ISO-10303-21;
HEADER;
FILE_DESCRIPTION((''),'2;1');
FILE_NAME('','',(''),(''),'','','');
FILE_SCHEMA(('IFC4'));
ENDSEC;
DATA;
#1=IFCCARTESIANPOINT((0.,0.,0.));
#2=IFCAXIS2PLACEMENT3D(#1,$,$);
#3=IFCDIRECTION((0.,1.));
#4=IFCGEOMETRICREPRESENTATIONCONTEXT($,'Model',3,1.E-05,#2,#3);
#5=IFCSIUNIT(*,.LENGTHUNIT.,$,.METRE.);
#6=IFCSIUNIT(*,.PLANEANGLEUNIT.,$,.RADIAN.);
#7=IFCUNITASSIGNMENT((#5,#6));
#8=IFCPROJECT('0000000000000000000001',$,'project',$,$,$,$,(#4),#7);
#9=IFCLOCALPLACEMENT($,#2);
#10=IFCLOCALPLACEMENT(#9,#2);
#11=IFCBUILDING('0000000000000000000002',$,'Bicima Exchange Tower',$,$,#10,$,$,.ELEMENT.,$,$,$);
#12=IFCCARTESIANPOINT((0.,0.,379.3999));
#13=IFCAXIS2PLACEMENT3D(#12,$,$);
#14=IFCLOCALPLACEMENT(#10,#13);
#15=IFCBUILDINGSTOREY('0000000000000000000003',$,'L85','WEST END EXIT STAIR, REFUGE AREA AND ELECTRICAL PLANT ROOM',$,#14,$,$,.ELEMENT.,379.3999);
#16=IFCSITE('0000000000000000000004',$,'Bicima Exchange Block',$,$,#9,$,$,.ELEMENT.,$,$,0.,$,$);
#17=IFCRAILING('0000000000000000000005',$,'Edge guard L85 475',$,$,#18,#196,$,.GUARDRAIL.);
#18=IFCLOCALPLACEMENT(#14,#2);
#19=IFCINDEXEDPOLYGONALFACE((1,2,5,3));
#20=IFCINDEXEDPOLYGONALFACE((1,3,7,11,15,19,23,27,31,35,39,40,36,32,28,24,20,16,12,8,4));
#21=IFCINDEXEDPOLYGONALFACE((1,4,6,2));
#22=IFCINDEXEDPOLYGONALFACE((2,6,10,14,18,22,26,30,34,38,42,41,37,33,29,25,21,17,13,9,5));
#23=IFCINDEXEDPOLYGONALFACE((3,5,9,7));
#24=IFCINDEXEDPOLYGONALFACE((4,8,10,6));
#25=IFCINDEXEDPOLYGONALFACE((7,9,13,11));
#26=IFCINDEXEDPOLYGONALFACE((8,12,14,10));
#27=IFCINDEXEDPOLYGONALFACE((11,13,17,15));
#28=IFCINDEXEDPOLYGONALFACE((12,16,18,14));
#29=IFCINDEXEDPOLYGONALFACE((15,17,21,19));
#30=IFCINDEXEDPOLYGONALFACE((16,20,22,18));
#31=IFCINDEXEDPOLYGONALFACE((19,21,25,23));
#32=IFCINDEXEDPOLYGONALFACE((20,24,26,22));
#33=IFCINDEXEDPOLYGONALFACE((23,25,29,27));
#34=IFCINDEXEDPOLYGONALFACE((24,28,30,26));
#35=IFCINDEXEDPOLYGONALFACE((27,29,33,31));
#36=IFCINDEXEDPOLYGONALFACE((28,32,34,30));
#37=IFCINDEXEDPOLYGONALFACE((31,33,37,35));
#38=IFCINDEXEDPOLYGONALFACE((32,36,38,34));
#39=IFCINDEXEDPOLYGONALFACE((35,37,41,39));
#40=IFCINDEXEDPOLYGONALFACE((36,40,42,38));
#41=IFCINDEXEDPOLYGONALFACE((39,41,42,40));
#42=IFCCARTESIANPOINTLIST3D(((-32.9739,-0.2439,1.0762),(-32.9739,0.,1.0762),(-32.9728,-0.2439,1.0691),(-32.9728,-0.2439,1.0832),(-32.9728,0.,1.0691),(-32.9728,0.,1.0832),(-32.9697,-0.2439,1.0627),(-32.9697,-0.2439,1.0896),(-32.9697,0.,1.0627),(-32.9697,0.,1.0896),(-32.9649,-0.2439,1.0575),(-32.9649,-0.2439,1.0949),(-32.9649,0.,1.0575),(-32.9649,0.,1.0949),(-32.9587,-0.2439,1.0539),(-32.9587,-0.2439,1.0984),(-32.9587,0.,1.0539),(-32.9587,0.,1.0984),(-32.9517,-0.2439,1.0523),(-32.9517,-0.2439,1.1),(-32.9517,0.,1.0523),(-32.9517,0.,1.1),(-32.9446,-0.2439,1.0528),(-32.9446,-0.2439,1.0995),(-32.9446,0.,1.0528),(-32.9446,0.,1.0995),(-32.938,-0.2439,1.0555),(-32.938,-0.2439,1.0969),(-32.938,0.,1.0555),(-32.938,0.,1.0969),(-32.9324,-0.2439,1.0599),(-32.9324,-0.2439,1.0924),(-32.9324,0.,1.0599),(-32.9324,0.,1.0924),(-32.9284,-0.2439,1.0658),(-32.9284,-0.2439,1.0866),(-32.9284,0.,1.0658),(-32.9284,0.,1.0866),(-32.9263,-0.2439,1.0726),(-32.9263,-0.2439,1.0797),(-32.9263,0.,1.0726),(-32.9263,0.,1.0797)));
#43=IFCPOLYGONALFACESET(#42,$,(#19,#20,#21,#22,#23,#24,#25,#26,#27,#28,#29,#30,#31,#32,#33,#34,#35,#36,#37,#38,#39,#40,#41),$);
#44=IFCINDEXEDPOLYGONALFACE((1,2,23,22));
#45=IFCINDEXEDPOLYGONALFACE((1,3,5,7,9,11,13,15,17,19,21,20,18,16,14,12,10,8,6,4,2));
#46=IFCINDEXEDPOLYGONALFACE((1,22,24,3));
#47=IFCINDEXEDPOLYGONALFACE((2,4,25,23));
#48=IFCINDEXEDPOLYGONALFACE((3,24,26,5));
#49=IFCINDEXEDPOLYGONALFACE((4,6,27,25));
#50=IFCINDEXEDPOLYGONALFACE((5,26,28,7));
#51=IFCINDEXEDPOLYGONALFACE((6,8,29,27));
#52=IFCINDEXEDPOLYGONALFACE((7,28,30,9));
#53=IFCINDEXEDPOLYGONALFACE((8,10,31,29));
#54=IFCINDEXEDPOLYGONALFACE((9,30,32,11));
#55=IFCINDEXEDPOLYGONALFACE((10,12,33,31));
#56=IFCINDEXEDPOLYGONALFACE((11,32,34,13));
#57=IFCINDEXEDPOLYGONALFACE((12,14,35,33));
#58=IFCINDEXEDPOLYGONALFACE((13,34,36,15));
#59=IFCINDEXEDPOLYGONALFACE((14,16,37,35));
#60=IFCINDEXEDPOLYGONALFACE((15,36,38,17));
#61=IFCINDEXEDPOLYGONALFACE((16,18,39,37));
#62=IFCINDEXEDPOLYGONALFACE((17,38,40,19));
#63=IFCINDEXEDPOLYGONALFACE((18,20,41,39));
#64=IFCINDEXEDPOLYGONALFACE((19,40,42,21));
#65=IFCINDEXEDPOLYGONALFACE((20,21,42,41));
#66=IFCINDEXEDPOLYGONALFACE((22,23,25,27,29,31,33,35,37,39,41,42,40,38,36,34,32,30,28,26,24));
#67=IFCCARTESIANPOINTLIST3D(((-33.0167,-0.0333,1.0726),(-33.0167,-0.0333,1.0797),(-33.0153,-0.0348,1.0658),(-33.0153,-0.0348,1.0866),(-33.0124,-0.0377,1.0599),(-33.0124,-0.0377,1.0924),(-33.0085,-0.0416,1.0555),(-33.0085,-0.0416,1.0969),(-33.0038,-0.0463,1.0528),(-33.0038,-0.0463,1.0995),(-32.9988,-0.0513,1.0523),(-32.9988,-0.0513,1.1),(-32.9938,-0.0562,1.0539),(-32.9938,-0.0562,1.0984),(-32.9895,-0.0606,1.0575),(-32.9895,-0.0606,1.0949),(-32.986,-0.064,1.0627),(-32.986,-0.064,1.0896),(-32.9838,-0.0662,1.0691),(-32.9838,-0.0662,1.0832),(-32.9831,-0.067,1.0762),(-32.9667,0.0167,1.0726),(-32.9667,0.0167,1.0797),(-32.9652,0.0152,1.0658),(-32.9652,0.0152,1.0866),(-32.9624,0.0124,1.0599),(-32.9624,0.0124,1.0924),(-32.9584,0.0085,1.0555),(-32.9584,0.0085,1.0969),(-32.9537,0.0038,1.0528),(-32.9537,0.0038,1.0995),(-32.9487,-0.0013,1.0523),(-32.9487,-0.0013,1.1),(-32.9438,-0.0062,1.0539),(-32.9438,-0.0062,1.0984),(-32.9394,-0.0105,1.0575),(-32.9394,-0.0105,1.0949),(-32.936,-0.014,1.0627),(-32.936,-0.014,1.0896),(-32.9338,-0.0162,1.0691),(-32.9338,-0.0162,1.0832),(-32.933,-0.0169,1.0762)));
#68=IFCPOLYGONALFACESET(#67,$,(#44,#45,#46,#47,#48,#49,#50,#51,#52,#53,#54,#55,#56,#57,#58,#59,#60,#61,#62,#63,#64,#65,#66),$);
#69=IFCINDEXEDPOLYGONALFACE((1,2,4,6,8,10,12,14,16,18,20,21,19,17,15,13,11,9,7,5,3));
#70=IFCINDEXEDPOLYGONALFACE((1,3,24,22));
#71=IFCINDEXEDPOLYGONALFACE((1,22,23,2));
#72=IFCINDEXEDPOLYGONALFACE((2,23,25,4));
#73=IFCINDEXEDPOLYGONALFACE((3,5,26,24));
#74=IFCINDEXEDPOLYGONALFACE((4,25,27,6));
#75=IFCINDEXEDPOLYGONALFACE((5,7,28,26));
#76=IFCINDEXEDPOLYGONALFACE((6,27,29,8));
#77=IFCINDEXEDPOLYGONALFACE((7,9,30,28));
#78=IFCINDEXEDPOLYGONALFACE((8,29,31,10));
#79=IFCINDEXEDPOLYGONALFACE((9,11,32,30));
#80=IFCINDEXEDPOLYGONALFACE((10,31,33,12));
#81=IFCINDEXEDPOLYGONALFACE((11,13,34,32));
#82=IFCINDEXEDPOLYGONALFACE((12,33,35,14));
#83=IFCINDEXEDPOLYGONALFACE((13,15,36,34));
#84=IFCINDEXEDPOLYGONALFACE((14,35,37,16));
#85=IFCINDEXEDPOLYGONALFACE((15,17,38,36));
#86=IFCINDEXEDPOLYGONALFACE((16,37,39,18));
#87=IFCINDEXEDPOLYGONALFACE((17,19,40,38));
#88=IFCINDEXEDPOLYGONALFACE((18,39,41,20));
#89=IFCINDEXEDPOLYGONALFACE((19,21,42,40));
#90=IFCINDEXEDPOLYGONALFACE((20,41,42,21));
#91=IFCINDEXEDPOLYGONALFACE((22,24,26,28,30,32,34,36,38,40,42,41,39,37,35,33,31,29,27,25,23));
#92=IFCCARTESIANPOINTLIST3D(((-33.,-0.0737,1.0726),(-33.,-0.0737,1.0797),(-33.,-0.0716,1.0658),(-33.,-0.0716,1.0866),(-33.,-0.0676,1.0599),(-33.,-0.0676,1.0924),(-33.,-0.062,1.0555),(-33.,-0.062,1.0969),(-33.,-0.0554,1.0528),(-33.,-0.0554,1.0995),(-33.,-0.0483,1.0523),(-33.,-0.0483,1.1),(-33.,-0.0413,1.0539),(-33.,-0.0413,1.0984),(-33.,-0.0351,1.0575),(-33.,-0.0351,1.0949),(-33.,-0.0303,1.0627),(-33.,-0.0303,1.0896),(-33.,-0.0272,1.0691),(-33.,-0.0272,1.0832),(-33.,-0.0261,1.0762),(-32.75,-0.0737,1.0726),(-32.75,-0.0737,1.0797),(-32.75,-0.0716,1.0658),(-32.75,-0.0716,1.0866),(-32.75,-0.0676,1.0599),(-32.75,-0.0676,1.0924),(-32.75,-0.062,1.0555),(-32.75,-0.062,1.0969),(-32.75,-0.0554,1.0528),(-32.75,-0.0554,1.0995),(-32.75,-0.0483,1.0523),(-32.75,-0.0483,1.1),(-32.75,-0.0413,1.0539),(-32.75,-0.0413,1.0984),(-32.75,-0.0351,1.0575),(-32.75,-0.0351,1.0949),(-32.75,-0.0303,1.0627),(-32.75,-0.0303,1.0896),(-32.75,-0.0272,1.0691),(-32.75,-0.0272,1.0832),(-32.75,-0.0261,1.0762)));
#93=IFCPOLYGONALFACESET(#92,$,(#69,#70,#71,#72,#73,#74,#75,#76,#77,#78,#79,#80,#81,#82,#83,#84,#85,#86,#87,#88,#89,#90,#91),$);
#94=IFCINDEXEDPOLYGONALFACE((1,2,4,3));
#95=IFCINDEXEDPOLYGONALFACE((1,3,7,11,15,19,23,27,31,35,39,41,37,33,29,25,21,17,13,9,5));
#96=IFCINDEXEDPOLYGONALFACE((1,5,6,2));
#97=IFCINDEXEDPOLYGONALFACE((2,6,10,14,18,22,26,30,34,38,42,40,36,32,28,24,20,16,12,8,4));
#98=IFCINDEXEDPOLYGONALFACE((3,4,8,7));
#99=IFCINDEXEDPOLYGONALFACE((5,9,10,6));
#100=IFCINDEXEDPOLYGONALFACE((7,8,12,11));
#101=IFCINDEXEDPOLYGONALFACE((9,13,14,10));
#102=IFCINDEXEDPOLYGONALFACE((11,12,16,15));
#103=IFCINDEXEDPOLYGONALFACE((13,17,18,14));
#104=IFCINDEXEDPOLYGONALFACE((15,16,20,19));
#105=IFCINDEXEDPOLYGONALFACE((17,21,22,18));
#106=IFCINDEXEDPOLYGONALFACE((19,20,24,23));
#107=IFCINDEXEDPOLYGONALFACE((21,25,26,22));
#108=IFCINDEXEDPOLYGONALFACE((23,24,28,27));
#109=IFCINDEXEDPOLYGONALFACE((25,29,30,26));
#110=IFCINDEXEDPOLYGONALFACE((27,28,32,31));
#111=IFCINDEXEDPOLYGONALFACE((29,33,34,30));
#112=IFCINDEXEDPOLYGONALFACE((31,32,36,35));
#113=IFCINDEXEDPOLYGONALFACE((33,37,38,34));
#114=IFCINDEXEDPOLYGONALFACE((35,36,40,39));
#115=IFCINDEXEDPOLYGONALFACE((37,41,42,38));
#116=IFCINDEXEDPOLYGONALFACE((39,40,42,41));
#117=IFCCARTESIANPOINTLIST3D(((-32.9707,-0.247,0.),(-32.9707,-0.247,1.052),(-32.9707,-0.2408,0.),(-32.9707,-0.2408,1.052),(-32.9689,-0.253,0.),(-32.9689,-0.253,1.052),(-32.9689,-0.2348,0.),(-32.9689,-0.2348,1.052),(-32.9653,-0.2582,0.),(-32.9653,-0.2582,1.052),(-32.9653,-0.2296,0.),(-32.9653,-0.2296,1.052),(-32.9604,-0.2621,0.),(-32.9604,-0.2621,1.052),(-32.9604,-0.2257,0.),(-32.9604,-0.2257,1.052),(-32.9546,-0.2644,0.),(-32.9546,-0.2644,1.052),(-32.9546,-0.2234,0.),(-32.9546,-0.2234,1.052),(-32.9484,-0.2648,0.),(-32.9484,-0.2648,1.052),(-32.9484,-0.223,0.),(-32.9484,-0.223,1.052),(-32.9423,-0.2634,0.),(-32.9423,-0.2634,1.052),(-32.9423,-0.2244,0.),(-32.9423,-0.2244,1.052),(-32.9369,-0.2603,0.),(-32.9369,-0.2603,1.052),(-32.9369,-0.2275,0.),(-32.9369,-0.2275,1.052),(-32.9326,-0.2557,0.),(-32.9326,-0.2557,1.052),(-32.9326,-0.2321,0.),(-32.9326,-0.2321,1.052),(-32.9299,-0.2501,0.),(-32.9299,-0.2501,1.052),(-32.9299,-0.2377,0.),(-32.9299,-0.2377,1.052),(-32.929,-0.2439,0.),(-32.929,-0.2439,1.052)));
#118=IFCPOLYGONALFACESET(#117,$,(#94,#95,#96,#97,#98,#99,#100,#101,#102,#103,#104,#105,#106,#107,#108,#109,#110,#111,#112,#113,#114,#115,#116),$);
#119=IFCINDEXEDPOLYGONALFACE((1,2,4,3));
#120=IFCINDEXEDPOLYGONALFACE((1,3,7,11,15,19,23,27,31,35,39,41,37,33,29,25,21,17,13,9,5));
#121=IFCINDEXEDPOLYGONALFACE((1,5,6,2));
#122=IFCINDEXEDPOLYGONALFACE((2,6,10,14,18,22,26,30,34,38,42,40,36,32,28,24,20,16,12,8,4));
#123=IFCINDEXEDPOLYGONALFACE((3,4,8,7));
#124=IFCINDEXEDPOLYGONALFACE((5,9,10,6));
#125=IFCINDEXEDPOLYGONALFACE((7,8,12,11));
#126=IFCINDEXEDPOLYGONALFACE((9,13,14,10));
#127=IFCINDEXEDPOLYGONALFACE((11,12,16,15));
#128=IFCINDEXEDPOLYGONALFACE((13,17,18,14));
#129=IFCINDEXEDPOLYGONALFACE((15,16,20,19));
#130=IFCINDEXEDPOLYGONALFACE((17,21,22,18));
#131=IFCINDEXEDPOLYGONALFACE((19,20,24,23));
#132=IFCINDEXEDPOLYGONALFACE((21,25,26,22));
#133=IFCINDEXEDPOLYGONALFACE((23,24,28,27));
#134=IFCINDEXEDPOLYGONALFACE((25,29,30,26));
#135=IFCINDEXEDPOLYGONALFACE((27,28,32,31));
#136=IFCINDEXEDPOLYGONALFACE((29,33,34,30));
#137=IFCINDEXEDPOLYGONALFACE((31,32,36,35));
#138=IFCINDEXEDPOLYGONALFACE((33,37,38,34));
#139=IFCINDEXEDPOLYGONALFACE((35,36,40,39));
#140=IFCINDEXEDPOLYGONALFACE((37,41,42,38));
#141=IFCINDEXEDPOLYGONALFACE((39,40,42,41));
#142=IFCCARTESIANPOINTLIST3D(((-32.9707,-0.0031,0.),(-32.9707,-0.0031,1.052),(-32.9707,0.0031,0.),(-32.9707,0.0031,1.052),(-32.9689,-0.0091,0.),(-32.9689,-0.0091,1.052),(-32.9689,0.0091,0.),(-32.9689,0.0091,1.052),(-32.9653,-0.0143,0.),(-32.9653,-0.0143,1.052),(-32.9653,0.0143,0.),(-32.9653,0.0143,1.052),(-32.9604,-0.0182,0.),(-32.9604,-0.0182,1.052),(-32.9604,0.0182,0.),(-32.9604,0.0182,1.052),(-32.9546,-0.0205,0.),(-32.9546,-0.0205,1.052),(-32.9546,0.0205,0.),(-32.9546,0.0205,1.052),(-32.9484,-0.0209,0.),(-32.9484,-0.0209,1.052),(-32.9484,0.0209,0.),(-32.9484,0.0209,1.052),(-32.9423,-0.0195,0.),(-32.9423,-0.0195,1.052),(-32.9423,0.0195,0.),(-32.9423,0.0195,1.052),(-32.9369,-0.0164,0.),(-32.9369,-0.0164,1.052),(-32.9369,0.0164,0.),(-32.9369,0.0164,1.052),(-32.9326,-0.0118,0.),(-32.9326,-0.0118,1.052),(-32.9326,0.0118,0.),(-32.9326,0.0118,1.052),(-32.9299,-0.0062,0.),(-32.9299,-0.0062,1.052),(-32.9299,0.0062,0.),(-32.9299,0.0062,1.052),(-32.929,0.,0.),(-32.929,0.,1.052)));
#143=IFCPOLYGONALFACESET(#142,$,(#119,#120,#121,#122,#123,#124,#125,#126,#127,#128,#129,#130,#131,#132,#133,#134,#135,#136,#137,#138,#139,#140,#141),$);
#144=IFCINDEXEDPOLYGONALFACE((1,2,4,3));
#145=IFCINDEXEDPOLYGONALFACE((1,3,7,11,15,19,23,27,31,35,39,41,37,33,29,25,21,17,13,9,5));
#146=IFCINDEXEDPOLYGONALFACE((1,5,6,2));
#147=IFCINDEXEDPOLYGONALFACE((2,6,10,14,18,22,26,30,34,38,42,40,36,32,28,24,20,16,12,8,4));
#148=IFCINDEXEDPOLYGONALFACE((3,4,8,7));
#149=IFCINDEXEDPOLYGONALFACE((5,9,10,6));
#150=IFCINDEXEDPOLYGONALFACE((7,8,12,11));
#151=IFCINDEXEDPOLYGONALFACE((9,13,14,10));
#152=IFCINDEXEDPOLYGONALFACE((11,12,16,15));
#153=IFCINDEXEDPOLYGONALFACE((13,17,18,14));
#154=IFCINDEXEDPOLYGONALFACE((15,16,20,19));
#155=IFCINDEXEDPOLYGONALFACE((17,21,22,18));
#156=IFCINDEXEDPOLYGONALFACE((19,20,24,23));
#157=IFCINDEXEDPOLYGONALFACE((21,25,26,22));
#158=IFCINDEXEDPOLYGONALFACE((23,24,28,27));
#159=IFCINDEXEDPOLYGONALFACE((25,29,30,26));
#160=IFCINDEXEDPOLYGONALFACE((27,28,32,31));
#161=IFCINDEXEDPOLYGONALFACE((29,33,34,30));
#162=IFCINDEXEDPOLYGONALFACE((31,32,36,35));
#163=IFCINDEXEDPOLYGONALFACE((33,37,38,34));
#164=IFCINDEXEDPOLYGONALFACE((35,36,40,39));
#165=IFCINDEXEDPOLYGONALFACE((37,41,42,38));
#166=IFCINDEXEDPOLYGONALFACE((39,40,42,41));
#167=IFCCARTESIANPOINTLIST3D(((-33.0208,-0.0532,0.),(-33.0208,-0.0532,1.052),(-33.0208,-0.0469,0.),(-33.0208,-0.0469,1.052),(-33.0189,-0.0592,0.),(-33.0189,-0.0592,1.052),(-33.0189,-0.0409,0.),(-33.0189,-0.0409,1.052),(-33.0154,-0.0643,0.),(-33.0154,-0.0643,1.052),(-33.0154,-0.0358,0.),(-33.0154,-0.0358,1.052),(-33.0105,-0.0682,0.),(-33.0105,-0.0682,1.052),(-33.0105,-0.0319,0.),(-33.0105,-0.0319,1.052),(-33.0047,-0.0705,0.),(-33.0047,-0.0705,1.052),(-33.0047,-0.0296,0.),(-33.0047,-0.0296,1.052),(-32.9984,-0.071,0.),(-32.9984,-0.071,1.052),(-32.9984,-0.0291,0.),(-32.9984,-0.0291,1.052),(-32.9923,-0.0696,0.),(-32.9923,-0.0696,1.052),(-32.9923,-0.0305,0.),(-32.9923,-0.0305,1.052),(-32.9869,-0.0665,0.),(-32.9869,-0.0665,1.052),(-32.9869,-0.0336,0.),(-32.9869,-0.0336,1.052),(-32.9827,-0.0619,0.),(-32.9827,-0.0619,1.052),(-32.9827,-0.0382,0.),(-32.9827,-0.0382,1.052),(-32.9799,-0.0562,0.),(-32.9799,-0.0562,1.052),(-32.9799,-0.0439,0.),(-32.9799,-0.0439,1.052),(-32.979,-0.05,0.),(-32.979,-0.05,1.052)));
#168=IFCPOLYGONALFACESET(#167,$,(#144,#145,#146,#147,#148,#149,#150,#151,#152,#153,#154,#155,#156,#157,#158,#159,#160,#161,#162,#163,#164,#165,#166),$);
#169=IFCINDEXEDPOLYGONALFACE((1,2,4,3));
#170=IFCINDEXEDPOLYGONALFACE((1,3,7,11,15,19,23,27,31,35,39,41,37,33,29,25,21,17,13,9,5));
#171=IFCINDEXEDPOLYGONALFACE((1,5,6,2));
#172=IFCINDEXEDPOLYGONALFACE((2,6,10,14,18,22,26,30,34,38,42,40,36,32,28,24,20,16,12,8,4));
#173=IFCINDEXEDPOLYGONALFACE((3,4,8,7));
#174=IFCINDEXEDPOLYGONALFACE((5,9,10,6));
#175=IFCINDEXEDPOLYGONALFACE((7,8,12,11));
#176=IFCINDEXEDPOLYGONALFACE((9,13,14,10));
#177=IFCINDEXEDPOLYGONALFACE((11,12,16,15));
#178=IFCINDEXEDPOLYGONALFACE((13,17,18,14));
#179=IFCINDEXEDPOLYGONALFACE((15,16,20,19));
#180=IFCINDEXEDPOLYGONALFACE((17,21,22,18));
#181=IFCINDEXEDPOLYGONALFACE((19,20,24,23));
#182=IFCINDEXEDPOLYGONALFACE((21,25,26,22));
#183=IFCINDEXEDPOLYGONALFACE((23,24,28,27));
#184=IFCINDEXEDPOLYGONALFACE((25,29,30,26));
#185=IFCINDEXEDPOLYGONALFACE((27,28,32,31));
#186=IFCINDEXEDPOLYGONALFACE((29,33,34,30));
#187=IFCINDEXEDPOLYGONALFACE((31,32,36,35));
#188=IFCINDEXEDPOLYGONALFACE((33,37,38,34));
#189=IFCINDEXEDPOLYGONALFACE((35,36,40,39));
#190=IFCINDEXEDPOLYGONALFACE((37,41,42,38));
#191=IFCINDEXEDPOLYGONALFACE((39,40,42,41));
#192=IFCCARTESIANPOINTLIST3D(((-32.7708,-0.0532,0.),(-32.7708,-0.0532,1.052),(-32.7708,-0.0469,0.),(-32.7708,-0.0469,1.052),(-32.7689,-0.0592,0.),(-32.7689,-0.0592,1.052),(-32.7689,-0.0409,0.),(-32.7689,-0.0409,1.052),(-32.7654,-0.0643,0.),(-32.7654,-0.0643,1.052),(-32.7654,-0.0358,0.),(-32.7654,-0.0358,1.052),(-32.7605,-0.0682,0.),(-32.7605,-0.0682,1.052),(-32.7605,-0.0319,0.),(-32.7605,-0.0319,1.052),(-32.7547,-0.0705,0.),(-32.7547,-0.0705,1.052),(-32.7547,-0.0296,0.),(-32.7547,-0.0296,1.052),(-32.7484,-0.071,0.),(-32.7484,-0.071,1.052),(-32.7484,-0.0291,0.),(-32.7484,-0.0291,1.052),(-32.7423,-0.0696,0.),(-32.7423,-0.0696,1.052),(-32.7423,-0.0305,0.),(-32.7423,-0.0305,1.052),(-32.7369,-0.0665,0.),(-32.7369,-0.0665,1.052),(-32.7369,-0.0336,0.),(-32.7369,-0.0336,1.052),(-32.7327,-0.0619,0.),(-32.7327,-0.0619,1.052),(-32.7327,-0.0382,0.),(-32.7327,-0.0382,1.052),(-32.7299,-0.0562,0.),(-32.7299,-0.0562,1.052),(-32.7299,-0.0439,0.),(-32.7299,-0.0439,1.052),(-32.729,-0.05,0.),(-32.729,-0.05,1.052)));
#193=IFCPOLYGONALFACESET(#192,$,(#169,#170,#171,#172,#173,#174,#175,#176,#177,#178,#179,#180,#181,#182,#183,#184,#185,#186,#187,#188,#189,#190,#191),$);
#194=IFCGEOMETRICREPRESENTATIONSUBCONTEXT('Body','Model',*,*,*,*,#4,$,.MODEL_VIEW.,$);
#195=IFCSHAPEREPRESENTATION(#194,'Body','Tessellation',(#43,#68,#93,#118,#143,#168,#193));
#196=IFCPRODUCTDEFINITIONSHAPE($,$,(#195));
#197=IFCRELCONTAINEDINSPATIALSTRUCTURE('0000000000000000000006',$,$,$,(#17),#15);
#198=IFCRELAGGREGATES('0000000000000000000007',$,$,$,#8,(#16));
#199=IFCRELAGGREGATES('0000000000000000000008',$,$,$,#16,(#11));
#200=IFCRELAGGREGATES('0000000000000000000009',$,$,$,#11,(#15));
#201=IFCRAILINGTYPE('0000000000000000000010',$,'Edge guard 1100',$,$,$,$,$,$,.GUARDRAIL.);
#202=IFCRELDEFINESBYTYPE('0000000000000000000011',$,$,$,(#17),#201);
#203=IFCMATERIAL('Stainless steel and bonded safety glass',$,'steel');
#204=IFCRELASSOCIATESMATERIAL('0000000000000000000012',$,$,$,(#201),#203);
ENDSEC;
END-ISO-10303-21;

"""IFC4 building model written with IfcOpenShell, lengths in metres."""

from ifc_helpers import new_model, si_unit, direction, frame, origin, origin_2d, place, context, subcontext, project, spatial, circle, extrude, material, type_object, element, save


model = new_model("IFC4")

# Units and contexts
model_context = context("Model", 3, precision=1e-05, world=origin(), true_north=direction((0.0, 1.0)))
body_context = subcontext(model_context, "Body", "Model", "MODEL_VIEW")
ifc_project = project(units=[si_unit("LENGTHUNIT", "METRE"), si_unit("PLANEANGLEUNIT", "RADIAN")], contexts=[model_context])

# Site, building, storey
site_placement = place(None, origin())
site = spatial("IfcSite", under=ifc_project, at=site_placement, Name="Bicima Exchange Block", CompositionType="ELEMENT", RefElevation=0.0)
building_placement = place(site_placement, origin())
building = spatial("IfcBuilding", under=site, at=building_placement, Name="Bicima Exchange Tower", CompositionType="ELEMENT")
storey_placement = place(building_placement, frame((0.0, 0.0, 379.3999)))
storey = spatial("IfcBuildingStorey", under=building, at=storey_placement, Name="L85", Description="WEST END EXIT STAIR, REFUGE AREA AND ELECTRICAL PLANT ROOM", CompositionType="ELEMENT", Elevation=379.3999)

# Railing
ifc_material_1 = material(Name="Stainless steel and bonded safety glass", Category="steel")
railing_type = type_object("IfcRailingType", Name="Edge guard 1100", PredefinedType="GUARDRAIL", material=ifc_material_1)
railing_1_placement = place(storey_placement, frame((-32.95, -0.2439, 0.0)))
element("IfcRailing", 1, at=railing_1_placement, inside=storey, type_object=railing_type, Name="Edge guard L85 475", PredefinedType="GUARDRAIL", context=body_context, shape_type="SweptSolid", body=[
    extrude(circle(Radius=0.0239, at=origin_2d()), frame((0.0, 0.0, 1.0762), z_axis=(0.0, 1.0, 0.0), x_axis=(-1.0, 0.0, 0.0)), (0.0, 0.0, 1.0), 0.2439),
    extrude(circle(Radius=0.0239, at=origin_2d()), frame((0.0, 0.2439, 1.0762), z_axis=(-0.707107, -0.707107, 0.0), x_axis=(0.707107, -0.707107, 0.0)), (0.0, 0.0, 1.0), 0.0708),
    extrude(circle(Radius=0.0239, at=origin_2d()), frame((-0.05, 0.1938, 1.0762), z_axis=(1.0, 0.0, 0.0), x_axis=(0.0, 1.0, 0.0)), (0.0, 0.0, 1.0), 0.25),
    extrude(circle(Radius=0.021, at=origin_2d()), origin(), (0.0, 0.0, 1.0), 1.052),
    extrude(circle(Radius=0.021, at=origin_2d()), frame((0.0, 0.2439, 0.0)), (0.0, 0.0, 1.0), 1.052),
    extrude(circle(Radius=0.021, at=origin_2d()), frame((-0.05, 0.1938, 0.0)), (0.0, 0.0, 1.0), 1.052),
    extrude(circle(Radius=0.021, at=origin_2d()), frame((0.2, 0.1938, 0.0)), (0.0, 0.0, 1.0), 1.052),
])

save(model, "model.ifc")
